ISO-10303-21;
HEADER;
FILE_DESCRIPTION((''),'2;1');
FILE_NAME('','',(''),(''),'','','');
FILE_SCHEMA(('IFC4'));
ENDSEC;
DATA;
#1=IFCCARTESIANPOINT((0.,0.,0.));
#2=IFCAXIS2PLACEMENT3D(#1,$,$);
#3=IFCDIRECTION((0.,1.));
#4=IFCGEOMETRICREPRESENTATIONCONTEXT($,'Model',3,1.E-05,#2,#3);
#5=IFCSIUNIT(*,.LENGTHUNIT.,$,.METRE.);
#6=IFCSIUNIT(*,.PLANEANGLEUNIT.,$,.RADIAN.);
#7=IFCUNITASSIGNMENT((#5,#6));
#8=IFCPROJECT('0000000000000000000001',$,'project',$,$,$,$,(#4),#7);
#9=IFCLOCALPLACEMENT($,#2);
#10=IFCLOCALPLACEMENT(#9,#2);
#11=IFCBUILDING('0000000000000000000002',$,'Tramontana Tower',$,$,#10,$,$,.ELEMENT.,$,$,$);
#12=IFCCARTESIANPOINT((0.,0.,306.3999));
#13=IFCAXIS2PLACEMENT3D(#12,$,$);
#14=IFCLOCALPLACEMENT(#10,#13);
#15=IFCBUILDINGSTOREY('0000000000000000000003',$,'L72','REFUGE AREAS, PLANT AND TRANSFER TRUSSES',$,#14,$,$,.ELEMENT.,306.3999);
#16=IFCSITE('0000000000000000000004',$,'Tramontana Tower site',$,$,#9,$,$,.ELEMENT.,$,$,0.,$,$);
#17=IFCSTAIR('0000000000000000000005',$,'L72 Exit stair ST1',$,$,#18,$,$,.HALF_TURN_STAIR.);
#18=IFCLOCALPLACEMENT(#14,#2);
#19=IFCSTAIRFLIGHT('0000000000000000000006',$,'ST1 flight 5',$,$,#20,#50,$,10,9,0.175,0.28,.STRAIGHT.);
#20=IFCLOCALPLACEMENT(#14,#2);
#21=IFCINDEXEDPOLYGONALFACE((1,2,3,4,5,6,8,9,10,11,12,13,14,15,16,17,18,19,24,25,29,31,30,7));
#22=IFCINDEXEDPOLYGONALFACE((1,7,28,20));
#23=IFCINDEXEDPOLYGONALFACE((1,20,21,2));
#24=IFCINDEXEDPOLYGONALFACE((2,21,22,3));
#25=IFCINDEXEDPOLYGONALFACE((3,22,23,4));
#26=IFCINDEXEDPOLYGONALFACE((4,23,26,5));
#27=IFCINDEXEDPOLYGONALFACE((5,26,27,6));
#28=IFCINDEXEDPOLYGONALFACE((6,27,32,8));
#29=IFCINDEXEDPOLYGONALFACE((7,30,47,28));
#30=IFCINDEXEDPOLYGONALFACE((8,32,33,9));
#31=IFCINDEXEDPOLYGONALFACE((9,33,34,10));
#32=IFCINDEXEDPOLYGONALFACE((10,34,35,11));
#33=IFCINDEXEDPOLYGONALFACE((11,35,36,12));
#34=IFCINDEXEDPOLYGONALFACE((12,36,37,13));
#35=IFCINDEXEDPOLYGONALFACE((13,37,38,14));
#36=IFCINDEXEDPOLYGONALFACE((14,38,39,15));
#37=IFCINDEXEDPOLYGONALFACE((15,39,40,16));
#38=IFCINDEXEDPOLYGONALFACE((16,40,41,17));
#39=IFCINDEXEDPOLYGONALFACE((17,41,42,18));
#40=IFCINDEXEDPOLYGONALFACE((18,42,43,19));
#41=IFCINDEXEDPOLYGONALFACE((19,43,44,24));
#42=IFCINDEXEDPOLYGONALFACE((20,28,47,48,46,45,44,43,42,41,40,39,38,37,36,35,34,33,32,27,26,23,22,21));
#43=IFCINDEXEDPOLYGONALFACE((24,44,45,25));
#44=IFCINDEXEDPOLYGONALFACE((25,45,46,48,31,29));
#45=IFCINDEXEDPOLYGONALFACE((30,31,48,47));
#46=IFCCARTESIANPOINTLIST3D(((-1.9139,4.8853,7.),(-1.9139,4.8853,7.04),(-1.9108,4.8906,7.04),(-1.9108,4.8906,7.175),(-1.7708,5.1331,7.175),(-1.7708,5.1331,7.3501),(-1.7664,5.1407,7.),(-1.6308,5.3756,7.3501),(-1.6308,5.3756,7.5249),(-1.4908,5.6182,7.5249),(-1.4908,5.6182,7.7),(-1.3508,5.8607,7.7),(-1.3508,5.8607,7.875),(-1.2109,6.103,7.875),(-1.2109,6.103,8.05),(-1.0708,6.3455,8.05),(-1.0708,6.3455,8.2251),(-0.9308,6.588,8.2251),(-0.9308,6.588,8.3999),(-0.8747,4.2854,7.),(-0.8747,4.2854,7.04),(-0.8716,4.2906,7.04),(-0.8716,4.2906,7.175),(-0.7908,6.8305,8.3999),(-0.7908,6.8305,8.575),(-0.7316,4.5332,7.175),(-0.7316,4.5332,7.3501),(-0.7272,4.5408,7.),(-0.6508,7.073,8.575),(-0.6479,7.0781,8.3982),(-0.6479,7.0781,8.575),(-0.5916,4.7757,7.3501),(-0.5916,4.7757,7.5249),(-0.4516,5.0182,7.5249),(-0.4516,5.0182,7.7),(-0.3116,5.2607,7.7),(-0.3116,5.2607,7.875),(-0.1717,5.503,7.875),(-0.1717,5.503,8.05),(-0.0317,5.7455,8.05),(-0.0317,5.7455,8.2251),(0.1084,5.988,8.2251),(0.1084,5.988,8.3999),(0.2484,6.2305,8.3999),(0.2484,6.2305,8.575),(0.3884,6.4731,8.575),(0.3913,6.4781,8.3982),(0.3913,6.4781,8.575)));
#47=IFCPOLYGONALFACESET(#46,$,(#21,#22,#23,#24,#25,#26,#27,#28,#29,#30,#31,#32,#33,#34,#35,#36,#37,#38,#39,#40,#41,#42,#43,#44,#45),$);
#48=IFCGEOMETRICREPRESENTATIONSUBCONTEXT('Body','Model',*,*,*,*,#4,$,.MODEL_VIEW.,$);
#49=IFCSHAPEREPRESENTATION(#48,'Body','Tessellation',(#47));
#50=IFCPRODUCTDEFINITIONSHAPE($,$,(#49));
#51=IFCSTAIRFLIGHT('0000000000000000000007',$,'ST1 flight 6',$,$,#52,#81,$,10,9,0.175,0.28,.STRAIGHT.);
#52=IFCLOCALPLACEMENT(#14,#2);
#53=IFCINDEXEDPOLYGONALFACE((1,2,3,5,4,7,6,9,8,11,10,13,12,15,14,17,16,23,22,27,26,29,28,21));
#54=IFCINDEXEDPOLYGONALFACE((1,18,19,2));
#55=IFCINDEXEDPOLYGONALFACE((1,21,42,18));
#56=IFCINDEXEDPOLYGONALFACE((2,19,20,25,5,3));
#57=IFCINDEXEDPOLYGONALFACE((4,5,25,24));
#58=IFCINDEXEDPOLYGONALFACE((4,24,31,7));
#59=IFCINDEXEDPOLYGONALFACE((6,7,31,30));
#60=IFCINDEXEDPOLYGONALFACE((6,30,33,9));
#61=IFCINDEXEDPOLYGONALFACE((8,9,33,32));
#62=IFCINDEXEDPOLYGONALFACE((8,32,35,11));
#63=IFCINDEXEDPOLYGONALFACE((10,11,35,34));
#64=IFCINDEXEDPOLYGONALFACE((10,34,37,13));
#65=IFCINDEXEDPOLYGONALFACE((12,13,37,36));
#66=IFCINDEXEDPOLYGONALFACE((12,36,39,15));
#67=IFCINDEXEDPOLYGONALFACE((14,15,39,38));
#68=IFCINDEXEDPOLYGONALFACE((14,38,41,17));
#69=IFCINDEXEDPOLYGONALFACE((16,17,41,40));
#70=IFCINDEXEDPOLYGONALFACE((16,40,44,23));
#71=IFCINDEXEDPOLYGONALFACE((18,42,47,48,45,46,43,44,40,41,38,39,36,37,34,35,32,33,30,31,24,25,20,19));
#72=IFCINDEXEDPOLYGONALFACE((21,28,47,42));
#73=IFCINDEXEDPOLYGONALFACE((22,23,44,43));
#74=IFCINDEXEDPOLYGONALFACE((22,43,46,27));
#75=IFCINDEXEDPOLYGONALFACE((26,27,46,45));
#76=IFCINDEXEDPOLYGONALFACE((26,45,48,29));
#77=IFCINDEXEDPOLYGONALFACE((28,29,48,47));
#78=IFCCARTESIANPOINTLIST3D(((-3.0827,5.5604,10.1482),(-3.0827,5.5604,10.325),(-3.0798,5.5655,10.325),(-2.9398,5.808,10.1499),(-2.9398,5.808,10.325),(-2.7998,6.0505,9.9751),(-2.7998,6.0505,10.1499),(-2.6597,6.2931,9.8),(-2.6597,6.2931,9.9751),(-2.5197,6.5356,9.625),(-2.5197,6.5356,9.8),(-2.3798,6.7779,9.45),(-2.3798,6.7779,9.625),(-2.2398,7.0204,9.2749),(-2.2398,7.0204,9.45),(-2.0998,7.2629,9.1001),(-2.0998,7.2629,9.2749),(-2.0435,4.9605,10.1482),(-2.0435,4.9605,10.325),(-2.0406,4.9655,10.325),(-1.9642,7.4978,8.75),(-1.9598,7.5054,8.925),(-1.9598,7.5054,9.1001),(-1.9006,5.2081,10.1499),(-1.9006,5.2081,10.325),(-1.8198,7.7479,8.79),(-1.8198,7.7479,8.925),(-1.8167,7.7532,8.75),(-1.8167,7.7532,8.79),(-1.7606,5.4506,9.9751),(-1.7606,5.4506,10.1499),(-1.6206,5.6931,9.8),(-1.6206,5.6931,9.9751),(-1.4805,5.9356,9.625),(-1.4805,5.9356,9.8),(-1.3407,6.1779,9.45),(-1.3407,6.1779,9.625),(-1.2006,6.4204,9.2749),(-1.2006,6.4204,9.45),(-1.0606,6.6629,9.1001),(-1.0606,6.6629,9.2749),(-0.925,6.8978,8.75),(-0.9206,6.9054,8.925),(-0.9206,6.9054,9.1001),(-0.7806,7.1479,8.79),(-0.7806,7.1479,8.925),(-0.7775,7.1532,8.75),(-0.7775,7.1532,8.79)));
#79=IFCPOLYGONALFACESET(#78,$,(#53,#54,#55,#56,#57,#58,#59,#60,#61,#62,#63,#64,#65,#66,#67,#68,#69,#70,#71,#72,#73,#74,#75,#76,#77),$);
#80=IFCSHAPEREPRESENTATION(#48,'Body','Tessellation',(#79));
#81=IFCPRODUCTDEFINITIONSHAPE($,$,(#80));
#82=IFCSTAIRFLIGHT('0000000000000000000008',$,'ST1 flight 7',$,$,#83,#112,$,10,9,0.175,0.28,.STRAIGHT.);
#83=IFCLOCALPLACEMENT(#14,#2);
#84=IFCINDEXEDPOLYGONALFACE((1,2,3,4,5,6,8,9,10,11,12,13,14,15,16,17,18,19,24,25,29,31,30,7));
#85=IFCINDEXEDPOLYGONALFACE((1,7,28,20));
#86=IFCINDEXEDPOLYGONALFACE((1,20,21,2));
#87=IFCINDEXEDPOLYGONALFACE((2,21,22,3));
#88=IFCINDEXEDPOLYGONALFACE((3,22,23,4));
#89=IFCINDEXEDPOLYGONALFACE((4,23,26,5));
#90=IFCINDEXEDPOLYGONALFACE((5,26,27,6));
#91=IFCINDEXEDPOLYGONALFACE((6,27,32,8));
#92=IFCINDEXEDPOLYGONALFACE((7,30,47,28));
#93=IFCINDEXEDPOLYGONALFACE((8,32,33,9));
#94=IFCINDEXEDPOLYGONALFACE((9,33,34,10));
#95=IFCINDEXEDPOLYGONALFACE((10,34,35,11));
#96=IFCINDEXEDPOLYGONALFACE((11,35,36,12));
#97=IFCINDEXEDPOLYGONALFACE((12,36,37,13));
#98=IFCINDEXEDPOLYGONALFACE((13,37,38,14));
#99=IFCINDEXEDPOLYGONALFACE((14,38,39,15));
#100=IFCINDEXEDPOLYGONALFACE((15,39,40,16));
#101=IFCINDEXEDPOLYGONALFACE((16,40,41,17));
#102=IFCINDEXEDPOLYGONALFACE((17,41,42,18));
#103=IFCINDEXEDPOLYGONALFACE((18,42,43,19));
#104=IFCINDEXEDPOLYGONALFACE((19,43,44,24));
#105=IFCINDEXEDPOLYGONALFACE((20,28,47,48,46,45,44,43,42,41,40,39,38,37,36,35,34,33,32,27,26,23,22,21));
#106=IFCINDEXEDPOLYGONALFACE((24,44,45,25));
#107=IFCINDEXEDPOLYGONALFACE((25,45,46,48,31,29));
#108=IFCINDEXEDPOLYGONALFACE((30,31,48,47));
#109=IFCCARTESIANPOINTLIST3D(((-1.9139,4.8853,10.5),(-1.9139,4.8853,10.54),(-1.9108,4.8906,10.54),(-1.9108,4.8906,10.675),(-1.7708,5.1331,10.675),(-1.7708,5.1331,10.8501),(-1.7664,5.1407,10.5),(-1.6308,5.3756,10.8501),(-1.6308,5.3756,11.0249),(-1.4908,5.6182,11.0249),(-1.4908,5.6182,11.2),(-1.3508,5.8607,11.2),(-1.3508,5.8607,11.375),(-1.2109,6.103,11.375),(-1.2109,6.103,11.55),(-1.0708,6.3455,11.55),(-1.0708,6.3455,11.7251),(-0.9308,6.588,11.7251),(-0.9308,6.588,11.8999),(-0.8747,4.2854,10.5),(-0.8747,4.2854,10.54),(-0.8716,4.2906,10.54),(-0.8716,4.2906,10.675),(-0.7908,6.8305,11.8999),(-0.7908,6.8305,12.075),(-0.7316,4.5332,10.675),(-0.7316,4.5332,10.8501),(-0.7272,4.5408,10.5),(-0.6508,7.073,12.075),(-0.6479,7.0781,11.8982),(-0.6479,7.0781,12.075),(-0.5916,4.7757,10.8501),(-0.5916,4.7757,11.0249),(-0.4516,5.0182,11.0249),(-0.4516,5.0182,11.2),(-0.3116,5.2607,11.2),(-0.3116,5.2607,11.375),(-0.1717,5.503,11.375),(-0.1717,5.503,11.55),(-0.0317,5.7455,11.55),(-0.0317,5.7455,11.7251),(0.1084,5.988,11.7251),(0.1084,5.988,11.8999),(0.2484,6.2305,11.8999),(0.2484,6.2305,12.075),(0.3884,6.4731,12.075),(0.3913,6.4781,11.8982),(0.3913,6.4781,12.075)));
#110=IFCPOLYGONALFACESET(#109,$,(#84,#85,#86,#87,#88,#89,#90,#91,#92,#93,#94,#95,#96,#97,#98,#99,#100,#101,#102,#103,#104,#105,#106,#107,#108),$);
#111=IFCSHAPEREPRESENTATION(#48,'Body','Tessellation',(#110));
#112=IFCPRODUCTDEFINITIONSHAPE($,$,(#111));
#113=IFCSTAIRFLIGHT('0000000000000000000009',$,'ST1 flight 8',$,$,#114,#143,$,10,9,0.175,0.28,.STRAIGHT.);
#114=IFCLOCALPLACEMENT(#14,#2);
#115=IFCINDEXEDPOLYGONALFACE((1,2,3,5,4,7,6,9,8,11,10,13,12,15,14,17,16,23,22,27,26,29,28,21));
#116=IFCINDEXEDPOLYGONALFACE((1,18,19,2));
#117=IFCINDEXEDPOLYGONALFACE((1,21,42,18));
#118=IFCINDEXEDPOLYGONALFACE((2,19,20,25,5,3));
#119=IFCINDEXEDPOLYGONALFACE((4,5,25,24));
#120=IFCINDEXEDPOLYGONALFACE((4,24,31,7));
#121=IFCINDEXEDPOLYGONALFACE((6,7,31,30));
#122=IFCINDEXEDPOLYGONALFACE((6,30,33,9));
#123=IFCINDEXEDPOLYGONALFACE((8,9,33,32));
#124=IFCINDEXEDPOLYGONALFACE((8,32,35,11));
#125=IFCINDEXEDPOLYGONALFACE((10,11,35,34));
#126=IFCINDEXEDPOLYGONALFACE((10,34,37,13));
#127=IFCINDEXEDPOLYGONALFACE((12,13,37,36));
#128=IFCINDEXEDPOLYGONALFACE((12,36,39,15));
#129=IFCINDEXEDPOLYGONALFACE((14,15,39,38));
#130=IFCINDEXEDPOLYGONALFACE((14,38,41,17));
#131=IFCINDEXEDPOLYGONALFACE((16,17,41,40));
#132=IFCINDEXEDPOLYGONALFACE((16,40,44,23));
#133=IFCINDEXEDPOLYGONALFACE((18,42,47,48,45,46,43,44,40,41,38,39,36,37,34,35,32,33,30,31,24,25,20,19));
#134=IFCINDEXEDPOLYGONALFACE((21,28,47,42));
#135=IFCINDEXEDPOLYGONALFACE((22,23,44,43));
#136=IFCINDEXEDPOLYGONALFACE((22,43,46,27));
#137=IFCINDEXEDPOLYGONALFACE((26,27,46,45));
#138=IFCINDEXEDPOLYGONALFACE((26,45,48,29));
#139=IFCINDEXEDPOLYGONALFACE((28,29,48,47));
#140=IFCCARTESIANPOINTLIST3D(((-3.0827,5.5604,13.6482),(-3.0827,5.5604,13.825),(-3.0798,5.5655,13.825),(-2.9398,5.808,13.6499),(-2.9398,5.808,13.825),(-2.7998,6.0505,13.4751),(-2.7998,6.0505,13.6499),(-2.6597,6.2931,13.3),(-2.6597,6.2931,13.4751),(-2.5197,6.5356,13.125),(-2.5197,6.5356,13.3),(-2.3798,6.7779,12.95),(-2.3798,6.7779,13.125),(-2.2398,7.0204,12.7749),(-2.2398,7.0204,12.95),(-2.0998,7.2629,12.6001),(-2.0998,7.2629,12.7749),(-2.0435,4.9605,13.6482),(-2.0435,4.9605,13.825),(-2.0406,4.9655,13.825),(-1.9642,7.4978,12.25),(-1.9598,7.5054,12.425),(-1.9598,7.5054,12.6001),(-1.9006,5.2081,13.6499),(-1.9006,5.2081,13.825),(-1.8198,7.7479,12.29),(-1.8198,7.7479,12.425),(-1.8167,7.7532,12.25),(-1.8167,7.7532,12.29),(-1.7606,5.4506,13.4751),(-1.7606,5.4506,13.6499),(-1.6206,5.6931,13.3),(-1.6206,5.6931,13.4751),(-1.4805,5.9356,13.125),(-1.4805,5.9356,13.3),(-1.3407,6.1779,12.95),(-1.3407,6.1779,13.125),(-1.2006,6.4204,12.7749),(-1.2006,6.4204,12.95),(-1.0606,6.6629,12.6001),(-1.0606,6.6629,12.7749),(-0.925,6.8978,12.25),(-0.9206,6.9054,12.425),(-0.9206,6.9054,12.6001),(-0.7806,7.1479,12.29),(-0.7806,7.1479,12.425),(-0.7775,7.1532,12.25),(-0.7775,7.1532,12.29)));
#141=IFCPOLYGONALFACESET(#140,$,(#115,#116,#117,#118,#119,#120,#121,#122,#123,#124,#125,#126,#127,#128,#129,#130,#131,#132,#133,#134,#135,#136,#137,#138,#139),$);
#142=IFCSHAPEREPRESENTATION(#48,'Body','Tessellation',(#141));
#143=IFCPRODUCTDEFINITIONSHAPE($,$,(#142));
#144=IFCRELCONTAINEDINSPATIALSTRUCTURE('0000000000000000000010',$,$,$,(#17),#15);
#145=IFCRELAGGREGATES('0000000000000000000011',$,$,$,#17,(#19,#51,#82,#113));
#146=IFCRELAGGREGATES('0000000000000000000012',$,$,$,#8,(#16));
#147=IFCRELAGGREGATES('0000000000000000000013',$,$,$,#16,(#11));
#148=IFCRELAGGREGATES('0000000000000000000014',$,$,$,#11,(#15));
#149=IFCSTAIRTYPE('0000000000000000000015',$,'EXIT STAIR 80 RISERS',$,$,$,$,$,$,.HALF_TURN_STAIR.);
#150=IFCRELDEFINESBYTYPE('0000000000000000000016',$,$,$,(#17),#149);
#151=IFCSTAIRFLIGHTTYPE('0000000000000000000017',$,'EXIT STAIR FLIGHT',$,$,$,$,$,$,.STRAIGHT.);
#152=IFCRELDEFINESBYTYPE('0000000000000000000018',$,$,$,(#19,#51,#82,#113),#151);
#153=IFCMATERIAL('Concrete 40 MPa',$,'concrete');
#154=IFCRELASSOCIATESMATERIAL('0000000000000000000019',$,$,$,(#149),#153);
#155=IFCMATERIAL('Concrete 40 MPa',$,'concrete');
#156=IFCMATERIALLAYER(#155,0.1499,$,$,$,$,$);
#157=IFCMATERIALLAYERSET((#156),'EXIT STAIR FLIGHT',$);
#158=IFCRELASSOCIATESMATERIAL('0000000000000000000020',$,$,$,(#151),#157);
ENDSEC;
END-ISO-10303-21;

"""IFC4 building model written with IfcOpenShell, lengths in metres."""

from ifc_helpers import new_model, si_unit, direction, frame, origin, place, context, subcontext, project, spatial, polyline, outline, extrude, material, layer, layer_set, type_object, element, aggregate, save


model = new_model("IFC4")

# Units and contexts
model_context = context("Model", 3, precision=1e-05, world=origin(), true_north=direction((0.0, 1.0)))
body_context = subcontext(model_context, "Body", "Model", "MODEL_VIEW")
ifc_project = project(units=[si_unit("LENGTHUNIT", "METRE"), si_unit("PLANEANGLEUNIT", "RADIAN")], contexts=[model_context])

# Site, building, storey
site_placement = place(None, origin())
site = spatial("IfcSite", under=ifc_project, at=site_placement, Name="Tramontana Tower site", CompositionType="ELEMENT", RefElevation=0.0)
building_placement = place(site_placement, origin())
building = spatial("IfcBuilding", under=site, at=building_placement, Name="Tramontana Tower", CompositionType="ELEMENT")
storey_placement = place(building_placement, frame((0.0, 0.0, 306.3999)))
storey = spatial("IfcBuildingStorey", under=building, at=storey_placement, Name="L72", Description="REFUGE AREAS, PLANT AND TRANSFER TRUSSES", CompositionType="ELEMENT", Elevation=306.3999)

# Stair, stair flights
ifc_material_1 = material(Name="Concrete 40 MPa", Category="concrete")
stair_type = type_object("IfcStairType", Name="EXIT STAIR 80 RISERS", PredefinedType="HALF_TURN_STAIR", material=ifc_material_1)
stair_placement = place(storey_placement, origin())
stair = element("IfcStair", 1, at=stair_placement, inside=storey, type_object=stair_type, Name="L72 Exit stair ST1", PredefinedType="HALF_TURN_STAIR")
ifc_material_2 = material(Name="Concrete 40 MPa", Category="concrete")
ifc_layer_1 = layer(ifc_material_2, 0.1499)
ifc_layer_set_1 = layer_set([ifc_layer_1], Name="EXIT STAIR FLIGHT")
stair_flight_type = type_object("IfcStairFlightType", Name="EXIT STAIR FLIGHT", PredefinedType="STRAIGHT", material=ifc_layer_set_1)
stair_flight_1_placement = place(storey_placement, frame((-1.3911, 4.5906, 7.0), z_axis=(0.0, 0.0, 1.0), x_axis=(0.5, 0.866025, 0.0)))
stair_flight_1 = element("IfcStairFlight", 2, at=stair_flight_1_placement, type_object=stair_flight_type, Name="ST1 flight 5", NumberOfRisers=10, NumberOfTreads=9, PredefinedType="STRAIGHT", RiserHeight=0.175, TreadLength=0.28, context=body_context, shape_type="SweptSolid", body=[
    extrude(outline(polyline([(-0.0061, 0.0), (-0.0061, 0.04), (0.0, 0.04), (0.0, 0.175), (0.28, 0.175), (0.28, 0.3501), (0.5601, 0.3501), (0.5601, 0.5249), (0.8401, 0.5249), (0.8401, 0.7), (1.1201, 0.7), (1.1201, 0.875), (1.3999, 0.875), (1.3999, 1.05), (1.6799, 1.05), (1.6799, 1.2251), (1.96, 1.2251), (1.96, 1.3999), (2.24, 1.3999), (2.24, 1.575), (2.52, 1.575), (2.5259, 1.575), (2.5259, 1.3982), (0.2888, 0.0), (-0.0061, 0.0)])), frame((0.0, 0.6001, 0.0), z_axis=(0.0, -1.0, 0.0), x_axis=(1.0, 0.0, 0.0)), (0.0, 0.0, 1.0), 1.2),
])
stair_flight_2_placement = place(storey_placement, frame((-1.3003, 7.448, 8.75), z_axis=(0.0, 0.0, 1.0), x_axis=(-0.5, -0.866025, 0.0)))
stair_flight_2 = element("IfcStairFlight", 3, at=stair_flight_2_placement, type_object=stair_flight_type, Name="ST1 flight 6", NumberOfRisers=10, NumberOfTreads=9, PredefinedType="STRAIGHT", RiserHeight=0.175, TreadLength=0.28, context=body_context, shape_type="SweptSolid", body=[
    extrude(outline(polyline([(-0.0061, 0.0), (-0.0061, 0.04), (0.0, 0.04), (0.0, 0.175), (0.28, 0.175), (0.28, 0.3501), (0.5601, 0.3501), (0.5601, 0.5249), (0.8401, 0.5249), (0.8401, 0.7), (1.1201, 0.7), (1.1201, 0.875), (1.3999, 0.875), (1.3999, 1.05), (1.6799, 1.05), (1.6799, 1.2251), (1.96, 1.2251), (1.96, 1.3999), (2.24, 1.3999), (2.24, 1.575), (2.52, 1.575), (2.5259, 1.575), (2.5259, 1.3982), (0.2888, 0.0), (-0.0061, 0.0)])), frame((0.0, 0.6001, 0.0), z_axis=(0.0, -1.0, 0.0), x_axis=(1.0, 0.0, 0.0)), (0.0, 0.0, 1.0), 1.2),
])
stair_flight_3_placement = place(storey_placement, frame((-1.3911, 4.5906, 10.5), z_axis=(0.0, 0.0, 1.0), x_axis=(0.5, 0.866025, 0.0)))
stair_flight_3 = element("IfcStairFlight", 4, at=stair_flight_3_placement, type_object=stair_flight_type, Name="ST1 flight 7", NumberOfRisers=10, NumberOfTreads=9, PredefinedType="STRAIGHT", RiserHeight=0.175, TreadLength=0.28, context=body_context, shape_type="SweptSolid", body=[
    extrude(outline(polyline([(-0.0061, 0.0), (-0.0061, 0.04), (0.0, 0.04), (0.0, 0.175), (0.28, 0.175), (0.28, 0.3501), (0.5601, 0.3501), (0.5601, 0.5249), (0.8401, 0.5249), (0.8401, 0.7), (1.1201, 0.7), (1.1201, 0.875), (1.3999, 0.875), (1.3999, 1.05), (1.6799, 1.05), (1.6799, 1.2251), (1.96, 1.2251), (1.96, 1.3999), (2.24, 1.3999), (2.24, 1.575), (2.52, 1.575), (2.5259, 1.575), (2.5259, 1.3982), (0.2888, 0.0), (-0.0061, 0.0)])), frame((0.0, 0.6001, 0.0), z_axis=(0.0, -1.0, 0.0), x_axis=(1.0, 0.0, 0.0)), (0.0, 0.0, 1.0), 1.2),
])
stair_flight_4_placement = place(storey_placement, frame((-1.3003, 7.448, 12.25), z_axis=(0.0, 0.0, 1.0), x_axis=(-0.5, -0.866025, 0.0)))
stair_flight_4 = element("IfcStairFlight", 5, at=stair_flight_4_placement, type_object=stair_flight_type, Name="ST1 flight 8", NumberOfRisers=10, NumberOfTreads=9, PredefinedType="STRAIGHT", RiserHeight=0.175, TreadLength=0.28, context=body_context, shape_type="SweptSolid", body=[
    extrude(outline(polyline([(-0.0061, 0.0), (-0.0061, 0.04), (0.0, 0.04), (0.0, 0.175), (0.28, 0.175), (0.28, 0.3501), (0.5601, 0.3501), (0.5601, 0.5249), (0.8401, 0.5249), (0.8401, 0.7), (1.1201, 0.7), (1.1201, 0.875), (1.3999, 0.875), (1.3999, 1.05), (1.6799, 1.05), (1.6799, 1.2251), (1.96, 1.2251), (1.96, 1.3999), (2.24, 1.3999), (2.24, 1.575), (2.52, 1.575), (2.5259, 1.575), (2.5259, 1.3982), (0.2888, 0.0), (-0.0061, 0.0)])), frame((0.0, 0.6001, 0.0), z_axis=(0.0, -1.0, 0.0), x_axis=(1.0, 0.0, 0.0)), (0.0, 0.0, 1.0), 1.2),
])
aggregate(stair, [stair_flight_1, stair_flight_2, stair_flight_3, stair_flight_4])

save(model, "model.ifc")
